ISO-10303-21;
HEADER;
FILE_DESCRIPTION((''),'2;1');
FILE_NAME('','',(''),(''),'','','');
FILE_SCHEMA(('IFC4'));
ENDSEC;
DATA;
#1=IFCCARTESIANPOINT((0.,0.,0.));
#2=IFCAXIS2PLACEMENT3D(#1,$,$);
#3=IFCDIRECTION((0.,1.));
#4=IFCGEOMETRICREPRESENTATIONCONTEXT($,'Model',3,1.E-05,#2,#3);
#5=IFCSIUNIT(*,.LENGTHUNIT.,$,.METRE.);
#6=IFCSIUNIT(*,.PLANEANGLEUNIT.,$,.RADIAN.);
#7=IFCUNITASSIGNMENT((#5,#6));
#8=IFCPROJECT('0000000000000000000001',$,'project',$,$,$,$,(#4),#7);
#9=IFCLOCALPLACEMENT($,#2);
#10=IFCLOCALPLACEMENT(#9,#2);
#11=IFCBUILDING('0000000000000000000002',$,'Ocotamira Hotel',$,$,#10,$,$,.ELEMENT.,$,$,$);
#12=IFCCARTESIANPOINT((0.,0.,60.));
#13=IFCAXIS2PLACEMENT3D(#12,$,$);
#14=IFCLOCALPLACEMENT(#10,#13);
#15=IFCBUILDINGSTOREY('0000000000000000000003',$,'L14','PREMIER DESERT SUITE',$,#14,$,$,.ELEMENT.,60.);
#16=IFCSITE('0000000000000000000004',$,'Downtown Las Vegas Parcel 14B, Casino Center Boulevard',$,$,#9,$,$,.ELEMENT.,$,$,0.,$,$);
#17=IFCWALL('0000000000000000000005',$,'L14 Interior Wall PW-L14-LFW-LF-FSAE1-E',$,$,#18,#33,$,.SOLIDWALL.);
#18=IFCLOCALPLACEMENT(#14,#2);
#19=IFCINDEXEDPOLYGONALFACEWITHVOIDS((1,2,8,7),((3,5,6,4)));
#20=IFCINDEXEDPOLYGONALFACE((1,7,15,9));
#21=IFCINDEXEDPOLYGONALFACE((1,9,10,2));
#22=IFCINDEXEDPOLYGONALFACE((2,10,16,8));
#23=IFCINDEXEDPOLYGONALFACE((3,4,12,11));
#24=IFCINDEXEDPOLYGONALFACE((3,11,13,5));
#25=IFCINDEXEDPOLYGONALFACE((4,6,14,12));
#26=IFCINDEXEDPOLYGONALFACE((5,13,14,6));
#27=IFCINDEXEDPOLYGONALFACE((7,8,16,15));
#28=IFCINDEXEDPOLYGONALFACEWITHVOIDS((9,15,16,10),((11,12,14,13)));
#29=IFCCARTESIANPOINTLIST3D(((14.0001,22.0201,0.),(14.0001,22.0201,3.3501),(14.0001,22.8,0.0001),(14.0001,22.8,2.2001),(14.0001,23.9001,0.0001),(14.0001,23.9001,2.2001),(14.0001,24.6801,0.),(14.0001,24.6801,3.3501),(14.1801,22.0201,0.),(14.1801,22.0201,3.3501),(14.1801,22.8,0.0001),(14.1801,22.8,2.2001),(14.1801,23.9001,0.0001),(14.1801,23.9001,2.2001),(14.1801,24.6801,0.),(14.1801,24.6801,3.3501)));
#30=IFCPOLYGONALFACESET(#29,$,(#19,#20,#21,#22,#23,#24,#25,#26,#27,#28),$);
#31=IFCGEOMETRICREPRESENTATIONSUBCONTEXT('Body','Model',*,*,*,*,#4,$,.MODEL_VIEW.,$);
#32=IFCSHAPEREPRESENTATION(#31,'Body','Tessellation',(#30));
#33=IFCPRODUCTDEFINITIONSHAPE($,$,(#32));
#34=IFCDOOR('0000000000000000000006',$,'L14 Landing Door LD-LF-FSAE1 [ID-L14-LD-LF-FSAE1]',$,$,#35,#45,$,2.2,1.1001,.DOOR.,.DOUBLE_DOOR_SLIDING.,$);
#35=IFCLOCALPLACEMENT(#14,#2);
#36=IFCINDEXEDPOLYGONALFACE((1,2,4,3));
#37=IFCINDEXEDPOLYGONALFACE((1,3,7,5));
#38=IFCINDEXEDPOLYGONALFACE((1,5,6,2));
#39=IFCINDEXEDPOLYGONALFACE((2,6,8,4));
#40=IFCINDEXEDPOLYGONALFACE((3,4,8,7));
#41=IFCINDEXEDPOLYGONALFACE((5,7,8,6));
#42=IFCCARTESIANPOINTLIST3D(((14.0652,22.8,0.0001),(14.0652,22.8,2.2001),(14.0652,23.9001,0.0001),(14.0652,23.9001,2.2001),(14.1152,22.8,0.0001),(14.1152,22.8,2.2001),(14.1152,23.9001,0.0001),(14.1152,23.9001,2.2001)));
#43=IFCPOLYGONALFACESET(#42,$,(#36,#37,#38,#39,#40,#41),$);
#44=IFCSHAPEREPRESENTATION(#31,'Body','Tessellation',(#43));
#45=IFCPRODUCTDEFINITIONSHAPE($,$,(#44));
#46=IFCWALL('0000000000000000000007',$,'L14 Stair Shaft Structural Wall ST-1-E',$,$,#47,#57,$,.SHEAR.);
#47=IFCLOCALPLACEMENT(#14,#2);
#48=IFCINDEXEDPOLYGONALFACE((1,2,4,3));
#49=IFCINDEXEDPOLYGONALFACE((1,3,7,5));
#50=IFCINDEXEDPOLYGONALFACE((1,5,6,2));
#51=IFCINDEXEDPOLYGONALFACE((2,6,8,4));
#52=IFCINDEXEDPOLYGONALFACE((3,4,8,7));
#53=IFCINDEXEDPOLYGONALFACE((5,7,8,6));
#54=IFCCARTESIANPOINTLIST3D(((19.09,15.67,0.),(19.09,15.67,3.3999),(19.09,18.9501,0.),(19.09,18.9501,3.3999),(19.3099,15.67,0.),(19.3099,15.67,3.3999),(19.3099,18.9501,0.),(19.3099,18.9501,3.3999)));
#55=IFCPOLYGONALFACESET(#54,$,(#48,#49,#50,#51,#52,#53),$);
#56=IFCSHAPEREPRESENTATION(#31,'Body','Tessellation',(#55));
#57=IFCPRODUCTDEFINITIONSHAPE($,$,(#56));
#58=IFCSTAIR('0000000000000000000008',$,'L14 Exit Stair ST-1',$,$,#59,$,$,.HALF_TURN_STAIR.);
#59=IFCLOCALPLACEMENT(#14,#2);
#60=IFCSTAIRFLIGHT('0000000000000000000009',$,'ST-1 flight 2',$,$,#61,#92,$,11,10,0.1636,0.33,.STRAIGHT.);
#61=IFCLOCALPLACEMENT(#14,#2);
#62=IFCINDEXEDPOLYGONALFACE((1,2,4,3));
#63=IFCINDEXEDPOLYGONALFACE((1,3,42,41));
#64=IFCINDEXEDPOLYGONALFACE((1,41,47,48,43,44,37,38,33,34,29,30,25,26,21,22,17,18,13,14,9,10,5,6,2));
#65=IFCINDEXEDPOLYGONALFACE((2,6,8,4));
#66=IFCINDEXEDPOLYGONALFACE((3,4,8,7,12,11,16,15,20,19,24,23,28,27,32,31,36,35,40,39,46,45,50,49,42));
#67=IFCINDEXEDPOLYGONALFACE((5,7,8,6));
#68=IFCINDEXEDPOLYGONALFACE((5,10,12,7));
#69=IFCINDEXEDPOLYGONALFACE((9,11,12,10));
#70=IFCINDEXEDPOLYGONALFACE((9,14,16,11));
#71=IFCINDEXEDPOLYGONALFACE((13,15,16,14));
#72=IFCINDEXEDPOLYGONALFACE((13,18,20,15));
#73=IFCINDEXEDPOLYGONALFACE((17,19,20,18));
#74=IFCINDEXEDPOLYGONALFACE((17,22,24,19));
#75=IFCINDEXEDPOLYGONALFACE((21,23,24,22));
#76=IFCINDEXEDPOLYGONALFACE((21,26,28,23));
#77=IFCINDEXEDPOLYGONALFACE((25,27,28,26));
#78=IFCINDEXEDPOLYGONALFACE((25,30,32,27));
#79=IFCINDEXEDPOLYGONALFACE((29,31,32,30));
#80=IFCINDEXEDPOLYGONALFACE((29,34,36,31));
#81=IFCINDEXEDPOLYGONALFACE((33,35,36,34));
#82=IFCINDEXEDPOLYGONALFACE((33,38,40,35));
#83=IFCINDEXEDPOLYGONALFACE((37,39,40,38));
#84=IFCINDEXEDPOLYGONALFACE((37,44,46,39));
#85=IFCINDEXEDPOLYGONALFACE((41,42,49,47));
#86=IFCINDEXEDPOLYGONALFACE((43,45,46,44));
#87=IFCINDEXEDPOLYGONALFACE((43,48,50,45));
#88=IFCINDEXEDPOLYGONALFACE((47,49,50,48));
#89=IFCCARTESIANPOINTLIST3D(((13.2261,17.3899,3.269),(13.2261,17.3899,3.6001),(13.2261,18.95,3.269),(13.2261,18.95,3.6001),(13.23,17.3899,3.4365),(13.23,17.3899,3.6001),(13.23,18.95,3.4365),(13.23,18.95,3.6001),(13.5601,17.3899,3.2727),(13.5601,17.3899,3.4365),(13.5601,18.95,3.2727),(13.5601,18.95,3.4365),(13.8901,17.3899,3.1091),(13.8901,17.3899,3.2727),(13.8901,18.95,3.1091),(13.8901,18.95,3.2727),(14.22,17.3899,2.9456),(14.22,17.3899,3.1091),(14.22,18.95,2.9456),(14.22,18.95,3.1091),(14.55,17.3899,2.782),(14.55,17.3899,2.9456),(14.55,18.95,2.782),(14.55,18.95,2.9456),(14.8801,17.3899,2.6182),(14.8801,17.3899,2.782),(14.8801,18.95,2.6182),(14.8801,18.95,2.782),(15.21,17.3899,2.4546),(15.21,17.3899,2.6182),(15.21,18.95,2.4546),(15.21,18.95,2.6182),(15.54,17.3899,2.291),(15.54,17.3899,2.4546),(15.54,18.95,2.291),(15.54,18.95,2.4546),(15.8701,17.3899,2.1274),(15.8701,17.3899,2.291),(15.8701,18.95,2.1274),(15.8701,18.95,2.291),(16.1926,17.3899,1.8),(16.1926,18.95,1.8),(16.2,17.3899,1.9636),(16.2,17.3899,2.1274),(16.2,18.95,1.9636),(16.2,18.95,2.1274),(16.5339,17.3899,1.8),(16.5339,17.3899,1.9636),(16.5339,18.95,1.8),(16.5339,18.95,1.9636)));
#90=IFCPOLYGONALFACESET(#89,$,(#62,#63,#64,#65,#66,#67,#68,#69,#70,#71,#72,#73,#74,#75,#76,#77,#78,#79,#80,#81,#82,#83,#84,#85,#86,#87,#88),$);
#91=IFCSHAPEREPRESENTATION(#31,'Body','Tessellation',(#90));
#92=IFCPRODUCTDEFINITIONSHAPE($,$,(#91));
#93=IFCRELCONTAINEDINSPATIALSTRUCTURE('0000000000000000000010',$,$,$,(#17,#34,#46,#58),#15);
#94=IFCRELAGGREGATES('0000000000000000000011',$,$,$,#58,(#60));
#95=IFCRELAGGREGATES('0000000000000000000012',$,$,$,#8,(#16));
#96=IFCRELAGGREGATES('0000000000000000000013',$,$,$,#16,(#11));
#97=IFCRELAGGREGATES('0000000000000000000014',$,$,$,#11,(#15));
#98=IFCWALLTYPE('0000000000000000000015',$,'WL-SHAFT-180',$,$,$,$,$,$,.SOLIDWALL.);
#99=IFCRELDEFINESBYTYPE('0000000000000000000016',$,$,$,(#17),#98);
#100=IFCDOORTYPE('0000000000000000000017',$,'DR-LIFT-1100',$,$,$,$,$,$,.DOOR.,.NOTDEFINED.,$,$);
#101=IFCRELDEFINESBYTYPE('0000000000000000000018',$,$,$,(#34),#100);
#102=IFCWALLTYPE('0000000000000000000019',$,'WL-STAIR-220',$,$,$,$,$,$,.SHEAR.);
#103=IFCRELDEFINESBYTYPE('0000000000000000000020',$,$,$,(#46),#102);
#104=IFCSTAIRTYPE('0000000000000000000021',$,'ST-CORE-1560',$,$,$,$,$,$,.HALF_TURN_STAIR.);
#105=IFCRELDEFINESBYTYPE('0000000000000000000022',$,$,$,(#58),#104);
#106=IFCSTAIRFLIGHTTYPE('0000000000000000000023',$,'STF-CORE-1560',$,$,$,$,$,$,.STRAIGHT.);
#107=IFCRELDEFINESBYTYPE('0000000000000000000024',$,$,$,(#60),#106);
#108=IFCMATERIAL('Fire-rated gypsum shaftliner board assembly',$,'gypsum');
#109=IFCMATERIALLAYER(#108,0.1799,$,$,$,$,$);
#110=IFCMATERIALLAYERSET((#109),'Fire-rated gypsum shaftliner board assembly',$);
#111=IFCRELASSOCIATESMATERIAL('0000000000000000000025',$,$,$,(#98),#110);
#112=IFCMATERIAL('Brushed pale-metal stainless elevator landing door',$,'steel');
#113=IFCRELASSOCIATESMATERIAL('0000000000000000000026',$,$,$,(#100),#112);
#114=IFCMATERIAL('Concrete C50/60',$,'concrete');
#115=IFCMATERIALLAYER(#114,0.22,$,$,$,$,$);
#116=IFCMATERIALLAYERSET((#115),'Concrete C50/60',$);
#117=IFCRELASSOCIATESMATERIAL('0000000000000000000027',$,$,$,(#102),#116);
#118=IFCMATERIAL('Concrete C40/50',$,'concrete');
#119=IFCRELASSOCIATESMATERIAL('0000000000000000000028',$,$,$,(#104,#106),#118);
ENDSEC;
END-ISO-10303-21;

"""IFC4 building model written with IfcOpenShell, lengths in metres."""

from ifc_helpers import new_model, si_unit, direction, frame, frame_2d, origin, place, context, subcontext, project, spatial, polyline, rectangle, outline, extrude, source, transform, mapped, material, layer, layer_set, type_object, element, fill, aggregate, save


model = new_model("IFC4")

# Units and contexts
model_context = context("Model", 3, precision=1e-05, world=origin(), true_north=direction((0.0, 1.0)))
body_context = subcontext(model_context, "Body", "Model", "MODEL_VIEW")
ifc_project = project(units=[si_unit("LENGTHUNIT", "METRE"), si_unit("PLANEANGLEUNIT", "RADIAN")], contexts=[model_context])

# Site, building, storey
site_placement = place(None, origin())
site = spatial("IfcSite", under=ifc_project, at=site_placement, Name="Downtown Las Vegas Parcel 14B, Casino Center Boulevard", CompositionType="ELEMENT", RefElevation=0.0)
building_placement = place(site_placement, origin())
building = spatial("IfcBuilding", under=site, at=building_placement, Name="Ocotamira Hotel", CompositionType="ELEMENT")
storey_placement = place(building_placement, frame((0.0, 0.0, 60.0)))
storey = spatial("IfcBuildingStorey", under=building, at=storey_placement, Name="L14", Description="PREMIER DESERT SUITE", CompositionType="ELEMENT", Elevation=60.0)

# Shared definitions
ifc_material_1 = material(Name="Fire-rated gypsum shaftliner board assembly", Category="gypsum")
ifc_layer_1 = layer(ifc_material_1, 0.1799)
ifc_layer_set_1 = layer_set([ifc_layer_1], Name="Fire-rated gypsum shaftliner board assembly")
wall_type_1 = type_object("IfcWallType", Name="WL-SHAFT-180", PredefinedType="SOLIDWALL", material=ifc_layer_set_1)

# Wall, opening, door
wall_1_placement = place(storey_placement, frame((14.0901, 22.02, 0.0), z_axis=(0.0, 0.0, 1.0), x_axis=(0.0, 1.0, 0.0)))
wall_1 = element("IfcWall", 1, at=wall_1_placement, inside=storey, type_object=wall_type_1, Name="L14 Interior Wall PW-L14-LFW-LF-FSAE1-E", PredefinedType="SOLIDWALL", context=body_context, shape_type="SweptSolid", body=[
    extrude(rectangle(XDim=2.6599, YDim=0.1799, at=frame_2d((1.3301, 0.0))), origin(), (0.0, 0.0, 1.0), 3.3501),
])
opening_1_placement = place(wall_1_placement, frame((0.78, 0.0, 0.0)))
opening_1 = element("IfcOpeningElement", 2, at=opening_1_placement, cuts=wall_1, PredefinedType="OPENING", context=body_context, shape_type="SweptSolid", body=[
    extrude(rectangle(XDim=1.1001, YDim=2.2, at=frame_2d((0.55, 1.1001))), frame((0.0, 0.1001, 0.0), z_axis=(0.0, -1.0, 0.0), x_axis=(1.0, 0.0, 0.0)), (0.0, 0.0, 1.0), 0.2),
])
ifc_material_2 = material(Name="Brushed pale-metal stainless elevator landing door", Category="steel")
door_type_1 = type_object("IfcDoorType", Name="DR-LIFT-1100", OperationType="NOTDEFINED", PredefinedType="DOOR", material=ifc_material_2)
shared_shape_1 = source(origin(), body_context, "Body", "SweptSolid", [
    extrude(rectangle(XDim=1.1001, YDim=2.2, at=frame_2d((0.55, 1.1001))), frame((0.0, 0.0249, 0.0), z_axis=(0.0, -1.0, 0.0), x_axis=(1.0, 0.0, 0.0)), (0.0, 0.0, 1.0), 0.05),
])
door_1_placement = place(opening_1_placement, origin())
door_1 = element("IfcDoor", 3, at=door_1_placement, inside=storey, type_object=door_type_1, Name="L14 Landing Door LD-LF-FSAE1 [ID-L14-LD-LF-FSAE1]", OperationType="DOUBLE_DOOR_SLIDING", OverallHeight=2.2, OverallWidth=1.1001, PredefinedType="DOOR", context=body_context, shape_type="MappedRepresentation", body=[
    mapped(shared_shape_1, transform((0.0, 0.0, 0.0), scale=1.0)),
])
fill(opening_1, door_1)

# Wall
ifc_material_3 = material(Name="Concrete C50/60", Category="concrete")
ifc_layer_2 = layer(ifc_material_3, 0.22)
ifc_layer_set_2 = layer_set([ifc_layer_2], Name="Concrete C50/60")
wall_type_2 = type_object("IfcWallType", Name="WL-STAIR-220", PredefinedType="SHEAR", material=ifc_layer_set_2)
wall_2_placement = place(storey_placement, frame((19.2, 15.6699, 0.0), z_axis=(0.0, 0.0, 1.0), x_axis=(0.0, 1.0, 0.0)))
element("IfcWall", 4, at=wall_2_placement, inside=storey, type_object=wall_type_2, Name="L14 Stair Shaft Structural Wall ST-1-E", PredefinedType="SHEAR", context=body_context, shape_type="SweptSolid", body=[
    extrude(rectangle(XDim=3.28, YDim=0.22, at=frame_2d((1.6401, 0.0))), origin(), (0.0, 0.0, 1.0), 3.3999),
])

# Stair, stair flight
ifc_material_4 = material(Name="Concrete C40/50", Category="concrete")
stair_type = type_object("IfcStairType", Name="ST-CORE-1560", PredefinedType="HALF_TURN_STAIR", material=ifc_material_4)
stair_placement = place(storey_placement, origin())
stair = element("IfcStair", 5, at=stair_placement, inside=storey, type_object=stair_type, Name="L14 Exit Stair ST-1", PredefinedType="HALF_TURN_STAIR")
stair_flight_type = type_object("IfcStairFlightType", Name="STF-CORE-1560", PredefinedType="STRAIGHT", material=ifc_material_4)
shared_shape_2 = source(origin(), body_context, "Body", "SweptSolid", [
    extrude(outline(polyline([(-0.0039, 0.0), (-0.0039, 0.1636), (0.3301, 0.1636), (0.3301, 0.3274), (0.6599, 0.3274), (0.6599, 0.491), (0.99, 0.491), (0.99, 0.6545), (1.3201, 0.6545), (1.3201, 0.8181), (1.6499, 0.8181), (1.6499, 0.9819), (1.98, 0.9819), (1.98, 1.1455), (2.3101, 1.1455), (2.3101, 1.3091), (2.6399, 1.3091), (2.6399, 1.4727), (2.97, 1.4727), (2.97, 1.6365), (3.3, 1.6365), (3.3, 1.8), (3.304, 1.8), (3.304, 1.469), (0.3374, 0.0), (-0.0039, 0.0)])), frame((0.0, 0.78, 0.0), z_axis=(0.0, -1.0, 0.0), x_axis=(1.0, 0.0, 0.0)), (0.0, 0.0, 1.0), 1.5601),
])
stair_flight_placement = place(storey_placement, frame((16.53, 18.1699, 1.8), z_axis=(0.0, 0.0, 1.0), x_axis=(-1.0, 0.0, 0.0)))
stair_flight = element("IfcStairFlight", 6, at=stair_flight_placement, type_object=stair_flight_type, Name="ST-1 flight 2", NumberOfRisers=11, NumberOfTreads=10, PredefinedType="STRAIGHT", RiserHeight=0.1636, TreadLength=0.33, context=body_context, shape_type="MappedRepresentation", body=[
    mapped(shared_shape_2, transform((0.0, 0.0, 0.0), scale=1.0)),
])
aggregate(stair, [stair_flight])

save(model, "model.ifc")
